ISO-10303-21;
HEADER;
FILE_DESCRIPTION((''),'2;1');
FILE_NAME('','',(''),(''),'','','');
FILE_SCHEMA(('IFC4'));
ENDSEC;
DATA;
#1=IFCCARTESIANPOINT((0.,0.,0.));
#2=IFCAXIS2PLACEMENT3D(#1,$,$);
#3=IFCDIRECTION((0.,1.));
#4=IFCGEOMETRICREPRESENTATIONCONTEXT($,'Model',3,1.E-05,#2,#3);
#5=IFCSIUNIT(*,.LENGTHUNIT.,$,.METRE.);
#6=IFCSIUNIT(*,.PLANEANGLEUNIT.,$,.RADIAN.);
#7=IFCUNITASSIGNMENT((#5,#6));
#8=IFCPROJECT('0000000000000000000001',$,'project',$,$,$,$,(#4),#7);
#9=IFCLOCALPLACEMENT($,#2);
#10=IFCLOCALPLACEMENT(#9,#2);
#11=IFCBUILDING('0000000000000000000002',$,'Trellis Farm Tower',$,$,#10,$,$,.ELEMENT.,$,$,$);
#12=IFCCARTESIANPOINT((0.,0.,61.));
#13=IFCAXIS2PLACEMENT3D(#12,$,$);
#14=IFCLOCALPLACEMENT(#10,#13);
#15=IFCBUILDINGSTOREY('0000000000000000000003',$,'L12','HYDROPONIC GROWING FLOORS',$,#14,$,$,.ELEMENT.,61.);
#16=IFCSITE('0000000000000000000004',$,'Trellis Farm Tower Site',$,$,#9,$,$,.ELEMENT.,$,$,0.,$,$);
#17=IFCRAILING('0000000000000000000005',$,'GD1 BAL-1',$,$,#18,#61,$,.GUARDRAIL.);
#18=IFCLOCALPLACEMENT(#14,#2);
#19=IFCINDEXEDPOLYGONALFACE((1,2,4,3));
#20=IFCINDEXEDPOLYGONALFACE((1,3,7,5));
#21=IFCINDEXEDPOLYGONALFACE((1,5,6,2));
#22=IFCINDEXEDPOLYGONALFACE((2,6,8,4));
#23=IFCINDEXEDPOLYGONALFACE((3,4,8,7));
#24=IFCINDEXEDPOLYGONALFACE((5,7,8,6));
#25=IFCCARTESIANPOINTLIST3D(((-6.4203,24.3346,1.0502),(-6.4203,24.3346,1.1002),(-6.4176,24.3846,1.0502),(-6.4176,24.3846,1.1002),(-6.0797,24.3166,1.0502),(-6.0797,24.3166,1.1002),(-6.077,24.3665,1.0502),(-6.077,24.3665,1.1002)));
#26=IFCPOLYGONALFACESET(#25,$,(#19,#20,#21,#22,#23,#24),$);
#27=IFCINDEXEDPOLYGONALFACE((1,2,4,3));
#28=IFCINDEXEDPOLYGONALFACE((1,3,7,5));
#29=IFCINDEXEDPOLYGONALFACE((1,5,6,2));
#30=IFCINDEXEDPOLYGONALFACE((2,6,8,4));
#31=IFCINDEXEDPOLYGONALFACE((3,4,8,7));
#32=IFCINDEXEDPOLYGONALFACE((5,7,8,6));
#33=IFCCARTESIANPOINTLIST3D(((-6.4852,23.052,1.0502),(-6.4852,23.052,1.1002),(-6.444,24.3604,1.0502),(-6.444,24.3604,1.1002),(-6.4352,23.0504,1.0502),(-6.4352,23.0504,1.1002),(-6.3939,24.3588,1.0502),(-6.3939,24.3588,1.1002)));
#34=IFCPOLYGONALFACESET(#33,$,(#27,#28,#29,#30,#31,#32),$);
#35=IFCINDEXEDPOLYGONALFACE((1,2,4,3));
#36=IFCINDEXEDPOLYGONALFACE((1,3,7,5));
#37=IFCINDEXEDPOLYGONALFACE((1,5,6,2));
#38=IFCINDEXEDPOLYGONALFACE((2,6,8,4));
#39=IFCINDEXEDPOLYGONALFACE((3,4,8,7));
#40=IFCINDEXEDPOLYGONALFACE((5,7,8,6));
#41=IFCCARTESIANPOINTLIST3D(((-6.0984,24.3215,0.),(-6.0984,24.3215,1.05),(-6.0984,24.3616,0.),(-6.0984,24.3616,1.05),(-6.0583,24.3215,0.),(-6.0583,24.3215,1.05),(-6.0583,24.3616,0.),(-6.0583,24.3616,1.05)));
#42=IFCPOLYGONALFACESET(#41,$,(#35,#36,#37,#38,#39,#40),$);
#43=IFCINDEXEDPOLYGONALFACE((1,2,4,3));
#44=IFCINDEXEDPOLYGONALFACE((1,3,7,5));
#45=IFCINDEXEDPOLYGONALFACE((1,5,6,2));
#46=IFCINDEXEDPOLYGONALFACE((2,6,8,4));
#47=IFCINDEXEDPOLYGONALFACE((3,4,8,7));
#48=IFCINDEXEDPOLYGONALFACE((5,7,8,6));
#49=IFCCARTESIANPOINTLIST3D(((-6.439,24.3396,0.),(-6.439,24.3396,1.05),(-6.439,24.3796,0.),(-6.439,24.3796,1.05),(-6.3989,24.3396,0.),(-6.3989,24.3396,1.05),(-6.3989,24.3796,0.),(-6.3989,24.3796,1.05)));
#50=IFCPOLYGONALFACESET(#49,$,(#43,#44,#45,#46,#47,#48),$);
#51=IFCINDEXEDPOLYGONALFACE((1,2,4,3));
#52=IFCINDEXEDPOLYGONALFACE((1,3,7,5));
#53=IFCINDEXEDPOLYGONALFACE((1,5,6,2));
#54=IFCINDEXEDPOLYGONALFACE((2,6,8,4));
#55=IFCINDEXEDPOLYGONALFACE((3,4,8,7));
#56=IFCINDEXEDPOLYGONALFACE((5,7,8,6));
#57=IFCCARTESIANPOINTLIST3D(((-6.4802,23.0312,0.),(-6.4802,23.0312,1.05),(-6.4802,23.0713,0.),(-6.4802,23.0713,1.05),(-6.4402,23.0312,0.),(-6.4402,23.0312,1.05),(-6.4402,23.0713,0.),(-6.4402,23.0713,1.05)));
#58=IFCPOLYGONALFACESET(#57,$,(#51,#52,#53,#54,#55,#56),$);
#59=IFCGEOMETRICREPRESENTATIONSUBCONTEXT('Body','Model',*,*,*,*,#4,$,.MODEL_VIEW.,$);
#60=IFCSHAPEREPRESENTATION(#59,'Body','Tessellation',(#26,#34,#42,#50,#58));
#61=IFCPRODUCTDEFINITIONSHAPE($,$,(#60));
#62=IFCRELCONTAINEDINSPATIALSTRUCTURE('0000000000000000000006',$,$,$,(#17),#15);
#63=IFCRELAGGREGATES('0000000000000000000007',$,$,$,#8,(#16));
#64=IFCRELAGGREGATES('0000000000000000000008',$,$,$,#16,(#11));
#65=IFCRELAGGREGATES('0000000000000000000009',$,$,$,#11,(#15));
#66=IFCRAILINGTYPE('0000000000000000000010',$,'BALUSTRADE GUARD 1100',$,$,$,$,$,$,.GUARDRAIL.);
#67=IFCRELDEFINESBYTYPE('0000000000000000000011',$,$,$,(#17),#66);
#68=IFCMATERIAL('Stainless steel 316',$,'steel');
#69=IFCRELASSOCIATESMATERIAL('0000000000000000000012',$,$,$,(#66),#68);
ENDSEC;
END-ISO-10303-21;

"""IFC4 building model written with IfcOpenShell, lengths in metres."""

from ifc_helpers import new_model, si_unit, direction, frame, origin, origin_2d, place, context, subcontext, project, spatial, rectangle, extrude, source, transform, mapped, material, type_object, element, save


model = new_model("IFC4")

# Units and contexts
model_context = context("Model", 3, precision=1e-05, world=origin(), true_north=direction((0.0, 1.0)))
body_context = subcontext(model_context, "Body", "Model", "MODEL_VIEW")
ifc_project = project(units=[si_unit("LENGTHUNIT", "METRE"), si_unit("PLANEANGLEUNIT", "RADIAN")], contexts=[model_context])

# Site, building, storey
site_placement = place(None, origin())
site = spatial("IfcSite", under=ifc_project, at=site_placement, Name="Trellis Farm Tower Site", CompositionType="ELEMENT", RefElevation=0.0)
building_placement = place(site_placement, origin())
building = spatial("IfcBuilding", under=site, at=building_placement, Name="Trellis Farm Tower", CompositionType="ELEMENT")
storey_placement = place(building_placement, frame((0.0, 0.0, 61.0)))
storey = spatial("IfcBuildingStorey", under=building, at=storey_placement, Name="L12", Description="HYDROPONIC GROWING FLOORS", CompositionType="ELEMENT", Elevation=61.0)

# Railing
ifc_material_1 = material(Name="Stainless steel 316", Category="steel")
railing_type = type_object("IfcRailingType", Name="BALUSTRADE GUARD 1100", PredefinedType="GUARDRAIL", material=ifc_material_1)
shared_shape_1 = source(origin(), body_context, "Body", "SweptSolid", [
    extrude(rectangle(XDim=0.05, YDim=0.05, at=origin_2d()), frame((0.0, 0.0, 1.0752), z_axis=(-0.998596, 0.052972, 0.0), x_axis=(-0.052972, -0.998596, 0.0)), (0.0, 0.0, 1.0), 0.3411),
    extrude(rectangle(XDim=0.05, YDim=0.05, at=origin_2d()), frame((-0.3406, 0.0181, 1.0752), z_axis=(-0.03152, -0.999503, 0.0), x_axis=(0.999503, -0.03152, 0.0)), (0.0, 0.0, 1.0), 1.3091),
    extrude(rectangle(XDim=0.04, YDim=0.04, at=origin_2d()), origin(), (0.0, 0.0, 1.0), 1.05),
    extrude(rectangle(XDim=0.04, YDim=0.04, at=origin_2d()), frame((-0.3406, 0.0181, 0.0)), (0.0, 0.0, 1.0), 1.05),
    extrude(rectangle(XDim=0.04, YDim=0.04, at=origin_2d()), frame((-0.3818, -1.2903, 0.0)), (0.0, 0.0, 1.0), 1.05),
])
railing_placement = place(storey_placement, frame((-6.0784, 24.3416, 0.0)))
element("IfcRailing", 1, at=railing_placement, inside=storey, type_object=railing_type, Name="GD1 BAL-1", PredefinedType="GUARDRAIL", context=body_context, shape_type="MappedRepresentation", body=[
    mapped(shared_shape_1, transform((0.0, 0.0, 0.0))),
])

save(model, "model.ifc")
